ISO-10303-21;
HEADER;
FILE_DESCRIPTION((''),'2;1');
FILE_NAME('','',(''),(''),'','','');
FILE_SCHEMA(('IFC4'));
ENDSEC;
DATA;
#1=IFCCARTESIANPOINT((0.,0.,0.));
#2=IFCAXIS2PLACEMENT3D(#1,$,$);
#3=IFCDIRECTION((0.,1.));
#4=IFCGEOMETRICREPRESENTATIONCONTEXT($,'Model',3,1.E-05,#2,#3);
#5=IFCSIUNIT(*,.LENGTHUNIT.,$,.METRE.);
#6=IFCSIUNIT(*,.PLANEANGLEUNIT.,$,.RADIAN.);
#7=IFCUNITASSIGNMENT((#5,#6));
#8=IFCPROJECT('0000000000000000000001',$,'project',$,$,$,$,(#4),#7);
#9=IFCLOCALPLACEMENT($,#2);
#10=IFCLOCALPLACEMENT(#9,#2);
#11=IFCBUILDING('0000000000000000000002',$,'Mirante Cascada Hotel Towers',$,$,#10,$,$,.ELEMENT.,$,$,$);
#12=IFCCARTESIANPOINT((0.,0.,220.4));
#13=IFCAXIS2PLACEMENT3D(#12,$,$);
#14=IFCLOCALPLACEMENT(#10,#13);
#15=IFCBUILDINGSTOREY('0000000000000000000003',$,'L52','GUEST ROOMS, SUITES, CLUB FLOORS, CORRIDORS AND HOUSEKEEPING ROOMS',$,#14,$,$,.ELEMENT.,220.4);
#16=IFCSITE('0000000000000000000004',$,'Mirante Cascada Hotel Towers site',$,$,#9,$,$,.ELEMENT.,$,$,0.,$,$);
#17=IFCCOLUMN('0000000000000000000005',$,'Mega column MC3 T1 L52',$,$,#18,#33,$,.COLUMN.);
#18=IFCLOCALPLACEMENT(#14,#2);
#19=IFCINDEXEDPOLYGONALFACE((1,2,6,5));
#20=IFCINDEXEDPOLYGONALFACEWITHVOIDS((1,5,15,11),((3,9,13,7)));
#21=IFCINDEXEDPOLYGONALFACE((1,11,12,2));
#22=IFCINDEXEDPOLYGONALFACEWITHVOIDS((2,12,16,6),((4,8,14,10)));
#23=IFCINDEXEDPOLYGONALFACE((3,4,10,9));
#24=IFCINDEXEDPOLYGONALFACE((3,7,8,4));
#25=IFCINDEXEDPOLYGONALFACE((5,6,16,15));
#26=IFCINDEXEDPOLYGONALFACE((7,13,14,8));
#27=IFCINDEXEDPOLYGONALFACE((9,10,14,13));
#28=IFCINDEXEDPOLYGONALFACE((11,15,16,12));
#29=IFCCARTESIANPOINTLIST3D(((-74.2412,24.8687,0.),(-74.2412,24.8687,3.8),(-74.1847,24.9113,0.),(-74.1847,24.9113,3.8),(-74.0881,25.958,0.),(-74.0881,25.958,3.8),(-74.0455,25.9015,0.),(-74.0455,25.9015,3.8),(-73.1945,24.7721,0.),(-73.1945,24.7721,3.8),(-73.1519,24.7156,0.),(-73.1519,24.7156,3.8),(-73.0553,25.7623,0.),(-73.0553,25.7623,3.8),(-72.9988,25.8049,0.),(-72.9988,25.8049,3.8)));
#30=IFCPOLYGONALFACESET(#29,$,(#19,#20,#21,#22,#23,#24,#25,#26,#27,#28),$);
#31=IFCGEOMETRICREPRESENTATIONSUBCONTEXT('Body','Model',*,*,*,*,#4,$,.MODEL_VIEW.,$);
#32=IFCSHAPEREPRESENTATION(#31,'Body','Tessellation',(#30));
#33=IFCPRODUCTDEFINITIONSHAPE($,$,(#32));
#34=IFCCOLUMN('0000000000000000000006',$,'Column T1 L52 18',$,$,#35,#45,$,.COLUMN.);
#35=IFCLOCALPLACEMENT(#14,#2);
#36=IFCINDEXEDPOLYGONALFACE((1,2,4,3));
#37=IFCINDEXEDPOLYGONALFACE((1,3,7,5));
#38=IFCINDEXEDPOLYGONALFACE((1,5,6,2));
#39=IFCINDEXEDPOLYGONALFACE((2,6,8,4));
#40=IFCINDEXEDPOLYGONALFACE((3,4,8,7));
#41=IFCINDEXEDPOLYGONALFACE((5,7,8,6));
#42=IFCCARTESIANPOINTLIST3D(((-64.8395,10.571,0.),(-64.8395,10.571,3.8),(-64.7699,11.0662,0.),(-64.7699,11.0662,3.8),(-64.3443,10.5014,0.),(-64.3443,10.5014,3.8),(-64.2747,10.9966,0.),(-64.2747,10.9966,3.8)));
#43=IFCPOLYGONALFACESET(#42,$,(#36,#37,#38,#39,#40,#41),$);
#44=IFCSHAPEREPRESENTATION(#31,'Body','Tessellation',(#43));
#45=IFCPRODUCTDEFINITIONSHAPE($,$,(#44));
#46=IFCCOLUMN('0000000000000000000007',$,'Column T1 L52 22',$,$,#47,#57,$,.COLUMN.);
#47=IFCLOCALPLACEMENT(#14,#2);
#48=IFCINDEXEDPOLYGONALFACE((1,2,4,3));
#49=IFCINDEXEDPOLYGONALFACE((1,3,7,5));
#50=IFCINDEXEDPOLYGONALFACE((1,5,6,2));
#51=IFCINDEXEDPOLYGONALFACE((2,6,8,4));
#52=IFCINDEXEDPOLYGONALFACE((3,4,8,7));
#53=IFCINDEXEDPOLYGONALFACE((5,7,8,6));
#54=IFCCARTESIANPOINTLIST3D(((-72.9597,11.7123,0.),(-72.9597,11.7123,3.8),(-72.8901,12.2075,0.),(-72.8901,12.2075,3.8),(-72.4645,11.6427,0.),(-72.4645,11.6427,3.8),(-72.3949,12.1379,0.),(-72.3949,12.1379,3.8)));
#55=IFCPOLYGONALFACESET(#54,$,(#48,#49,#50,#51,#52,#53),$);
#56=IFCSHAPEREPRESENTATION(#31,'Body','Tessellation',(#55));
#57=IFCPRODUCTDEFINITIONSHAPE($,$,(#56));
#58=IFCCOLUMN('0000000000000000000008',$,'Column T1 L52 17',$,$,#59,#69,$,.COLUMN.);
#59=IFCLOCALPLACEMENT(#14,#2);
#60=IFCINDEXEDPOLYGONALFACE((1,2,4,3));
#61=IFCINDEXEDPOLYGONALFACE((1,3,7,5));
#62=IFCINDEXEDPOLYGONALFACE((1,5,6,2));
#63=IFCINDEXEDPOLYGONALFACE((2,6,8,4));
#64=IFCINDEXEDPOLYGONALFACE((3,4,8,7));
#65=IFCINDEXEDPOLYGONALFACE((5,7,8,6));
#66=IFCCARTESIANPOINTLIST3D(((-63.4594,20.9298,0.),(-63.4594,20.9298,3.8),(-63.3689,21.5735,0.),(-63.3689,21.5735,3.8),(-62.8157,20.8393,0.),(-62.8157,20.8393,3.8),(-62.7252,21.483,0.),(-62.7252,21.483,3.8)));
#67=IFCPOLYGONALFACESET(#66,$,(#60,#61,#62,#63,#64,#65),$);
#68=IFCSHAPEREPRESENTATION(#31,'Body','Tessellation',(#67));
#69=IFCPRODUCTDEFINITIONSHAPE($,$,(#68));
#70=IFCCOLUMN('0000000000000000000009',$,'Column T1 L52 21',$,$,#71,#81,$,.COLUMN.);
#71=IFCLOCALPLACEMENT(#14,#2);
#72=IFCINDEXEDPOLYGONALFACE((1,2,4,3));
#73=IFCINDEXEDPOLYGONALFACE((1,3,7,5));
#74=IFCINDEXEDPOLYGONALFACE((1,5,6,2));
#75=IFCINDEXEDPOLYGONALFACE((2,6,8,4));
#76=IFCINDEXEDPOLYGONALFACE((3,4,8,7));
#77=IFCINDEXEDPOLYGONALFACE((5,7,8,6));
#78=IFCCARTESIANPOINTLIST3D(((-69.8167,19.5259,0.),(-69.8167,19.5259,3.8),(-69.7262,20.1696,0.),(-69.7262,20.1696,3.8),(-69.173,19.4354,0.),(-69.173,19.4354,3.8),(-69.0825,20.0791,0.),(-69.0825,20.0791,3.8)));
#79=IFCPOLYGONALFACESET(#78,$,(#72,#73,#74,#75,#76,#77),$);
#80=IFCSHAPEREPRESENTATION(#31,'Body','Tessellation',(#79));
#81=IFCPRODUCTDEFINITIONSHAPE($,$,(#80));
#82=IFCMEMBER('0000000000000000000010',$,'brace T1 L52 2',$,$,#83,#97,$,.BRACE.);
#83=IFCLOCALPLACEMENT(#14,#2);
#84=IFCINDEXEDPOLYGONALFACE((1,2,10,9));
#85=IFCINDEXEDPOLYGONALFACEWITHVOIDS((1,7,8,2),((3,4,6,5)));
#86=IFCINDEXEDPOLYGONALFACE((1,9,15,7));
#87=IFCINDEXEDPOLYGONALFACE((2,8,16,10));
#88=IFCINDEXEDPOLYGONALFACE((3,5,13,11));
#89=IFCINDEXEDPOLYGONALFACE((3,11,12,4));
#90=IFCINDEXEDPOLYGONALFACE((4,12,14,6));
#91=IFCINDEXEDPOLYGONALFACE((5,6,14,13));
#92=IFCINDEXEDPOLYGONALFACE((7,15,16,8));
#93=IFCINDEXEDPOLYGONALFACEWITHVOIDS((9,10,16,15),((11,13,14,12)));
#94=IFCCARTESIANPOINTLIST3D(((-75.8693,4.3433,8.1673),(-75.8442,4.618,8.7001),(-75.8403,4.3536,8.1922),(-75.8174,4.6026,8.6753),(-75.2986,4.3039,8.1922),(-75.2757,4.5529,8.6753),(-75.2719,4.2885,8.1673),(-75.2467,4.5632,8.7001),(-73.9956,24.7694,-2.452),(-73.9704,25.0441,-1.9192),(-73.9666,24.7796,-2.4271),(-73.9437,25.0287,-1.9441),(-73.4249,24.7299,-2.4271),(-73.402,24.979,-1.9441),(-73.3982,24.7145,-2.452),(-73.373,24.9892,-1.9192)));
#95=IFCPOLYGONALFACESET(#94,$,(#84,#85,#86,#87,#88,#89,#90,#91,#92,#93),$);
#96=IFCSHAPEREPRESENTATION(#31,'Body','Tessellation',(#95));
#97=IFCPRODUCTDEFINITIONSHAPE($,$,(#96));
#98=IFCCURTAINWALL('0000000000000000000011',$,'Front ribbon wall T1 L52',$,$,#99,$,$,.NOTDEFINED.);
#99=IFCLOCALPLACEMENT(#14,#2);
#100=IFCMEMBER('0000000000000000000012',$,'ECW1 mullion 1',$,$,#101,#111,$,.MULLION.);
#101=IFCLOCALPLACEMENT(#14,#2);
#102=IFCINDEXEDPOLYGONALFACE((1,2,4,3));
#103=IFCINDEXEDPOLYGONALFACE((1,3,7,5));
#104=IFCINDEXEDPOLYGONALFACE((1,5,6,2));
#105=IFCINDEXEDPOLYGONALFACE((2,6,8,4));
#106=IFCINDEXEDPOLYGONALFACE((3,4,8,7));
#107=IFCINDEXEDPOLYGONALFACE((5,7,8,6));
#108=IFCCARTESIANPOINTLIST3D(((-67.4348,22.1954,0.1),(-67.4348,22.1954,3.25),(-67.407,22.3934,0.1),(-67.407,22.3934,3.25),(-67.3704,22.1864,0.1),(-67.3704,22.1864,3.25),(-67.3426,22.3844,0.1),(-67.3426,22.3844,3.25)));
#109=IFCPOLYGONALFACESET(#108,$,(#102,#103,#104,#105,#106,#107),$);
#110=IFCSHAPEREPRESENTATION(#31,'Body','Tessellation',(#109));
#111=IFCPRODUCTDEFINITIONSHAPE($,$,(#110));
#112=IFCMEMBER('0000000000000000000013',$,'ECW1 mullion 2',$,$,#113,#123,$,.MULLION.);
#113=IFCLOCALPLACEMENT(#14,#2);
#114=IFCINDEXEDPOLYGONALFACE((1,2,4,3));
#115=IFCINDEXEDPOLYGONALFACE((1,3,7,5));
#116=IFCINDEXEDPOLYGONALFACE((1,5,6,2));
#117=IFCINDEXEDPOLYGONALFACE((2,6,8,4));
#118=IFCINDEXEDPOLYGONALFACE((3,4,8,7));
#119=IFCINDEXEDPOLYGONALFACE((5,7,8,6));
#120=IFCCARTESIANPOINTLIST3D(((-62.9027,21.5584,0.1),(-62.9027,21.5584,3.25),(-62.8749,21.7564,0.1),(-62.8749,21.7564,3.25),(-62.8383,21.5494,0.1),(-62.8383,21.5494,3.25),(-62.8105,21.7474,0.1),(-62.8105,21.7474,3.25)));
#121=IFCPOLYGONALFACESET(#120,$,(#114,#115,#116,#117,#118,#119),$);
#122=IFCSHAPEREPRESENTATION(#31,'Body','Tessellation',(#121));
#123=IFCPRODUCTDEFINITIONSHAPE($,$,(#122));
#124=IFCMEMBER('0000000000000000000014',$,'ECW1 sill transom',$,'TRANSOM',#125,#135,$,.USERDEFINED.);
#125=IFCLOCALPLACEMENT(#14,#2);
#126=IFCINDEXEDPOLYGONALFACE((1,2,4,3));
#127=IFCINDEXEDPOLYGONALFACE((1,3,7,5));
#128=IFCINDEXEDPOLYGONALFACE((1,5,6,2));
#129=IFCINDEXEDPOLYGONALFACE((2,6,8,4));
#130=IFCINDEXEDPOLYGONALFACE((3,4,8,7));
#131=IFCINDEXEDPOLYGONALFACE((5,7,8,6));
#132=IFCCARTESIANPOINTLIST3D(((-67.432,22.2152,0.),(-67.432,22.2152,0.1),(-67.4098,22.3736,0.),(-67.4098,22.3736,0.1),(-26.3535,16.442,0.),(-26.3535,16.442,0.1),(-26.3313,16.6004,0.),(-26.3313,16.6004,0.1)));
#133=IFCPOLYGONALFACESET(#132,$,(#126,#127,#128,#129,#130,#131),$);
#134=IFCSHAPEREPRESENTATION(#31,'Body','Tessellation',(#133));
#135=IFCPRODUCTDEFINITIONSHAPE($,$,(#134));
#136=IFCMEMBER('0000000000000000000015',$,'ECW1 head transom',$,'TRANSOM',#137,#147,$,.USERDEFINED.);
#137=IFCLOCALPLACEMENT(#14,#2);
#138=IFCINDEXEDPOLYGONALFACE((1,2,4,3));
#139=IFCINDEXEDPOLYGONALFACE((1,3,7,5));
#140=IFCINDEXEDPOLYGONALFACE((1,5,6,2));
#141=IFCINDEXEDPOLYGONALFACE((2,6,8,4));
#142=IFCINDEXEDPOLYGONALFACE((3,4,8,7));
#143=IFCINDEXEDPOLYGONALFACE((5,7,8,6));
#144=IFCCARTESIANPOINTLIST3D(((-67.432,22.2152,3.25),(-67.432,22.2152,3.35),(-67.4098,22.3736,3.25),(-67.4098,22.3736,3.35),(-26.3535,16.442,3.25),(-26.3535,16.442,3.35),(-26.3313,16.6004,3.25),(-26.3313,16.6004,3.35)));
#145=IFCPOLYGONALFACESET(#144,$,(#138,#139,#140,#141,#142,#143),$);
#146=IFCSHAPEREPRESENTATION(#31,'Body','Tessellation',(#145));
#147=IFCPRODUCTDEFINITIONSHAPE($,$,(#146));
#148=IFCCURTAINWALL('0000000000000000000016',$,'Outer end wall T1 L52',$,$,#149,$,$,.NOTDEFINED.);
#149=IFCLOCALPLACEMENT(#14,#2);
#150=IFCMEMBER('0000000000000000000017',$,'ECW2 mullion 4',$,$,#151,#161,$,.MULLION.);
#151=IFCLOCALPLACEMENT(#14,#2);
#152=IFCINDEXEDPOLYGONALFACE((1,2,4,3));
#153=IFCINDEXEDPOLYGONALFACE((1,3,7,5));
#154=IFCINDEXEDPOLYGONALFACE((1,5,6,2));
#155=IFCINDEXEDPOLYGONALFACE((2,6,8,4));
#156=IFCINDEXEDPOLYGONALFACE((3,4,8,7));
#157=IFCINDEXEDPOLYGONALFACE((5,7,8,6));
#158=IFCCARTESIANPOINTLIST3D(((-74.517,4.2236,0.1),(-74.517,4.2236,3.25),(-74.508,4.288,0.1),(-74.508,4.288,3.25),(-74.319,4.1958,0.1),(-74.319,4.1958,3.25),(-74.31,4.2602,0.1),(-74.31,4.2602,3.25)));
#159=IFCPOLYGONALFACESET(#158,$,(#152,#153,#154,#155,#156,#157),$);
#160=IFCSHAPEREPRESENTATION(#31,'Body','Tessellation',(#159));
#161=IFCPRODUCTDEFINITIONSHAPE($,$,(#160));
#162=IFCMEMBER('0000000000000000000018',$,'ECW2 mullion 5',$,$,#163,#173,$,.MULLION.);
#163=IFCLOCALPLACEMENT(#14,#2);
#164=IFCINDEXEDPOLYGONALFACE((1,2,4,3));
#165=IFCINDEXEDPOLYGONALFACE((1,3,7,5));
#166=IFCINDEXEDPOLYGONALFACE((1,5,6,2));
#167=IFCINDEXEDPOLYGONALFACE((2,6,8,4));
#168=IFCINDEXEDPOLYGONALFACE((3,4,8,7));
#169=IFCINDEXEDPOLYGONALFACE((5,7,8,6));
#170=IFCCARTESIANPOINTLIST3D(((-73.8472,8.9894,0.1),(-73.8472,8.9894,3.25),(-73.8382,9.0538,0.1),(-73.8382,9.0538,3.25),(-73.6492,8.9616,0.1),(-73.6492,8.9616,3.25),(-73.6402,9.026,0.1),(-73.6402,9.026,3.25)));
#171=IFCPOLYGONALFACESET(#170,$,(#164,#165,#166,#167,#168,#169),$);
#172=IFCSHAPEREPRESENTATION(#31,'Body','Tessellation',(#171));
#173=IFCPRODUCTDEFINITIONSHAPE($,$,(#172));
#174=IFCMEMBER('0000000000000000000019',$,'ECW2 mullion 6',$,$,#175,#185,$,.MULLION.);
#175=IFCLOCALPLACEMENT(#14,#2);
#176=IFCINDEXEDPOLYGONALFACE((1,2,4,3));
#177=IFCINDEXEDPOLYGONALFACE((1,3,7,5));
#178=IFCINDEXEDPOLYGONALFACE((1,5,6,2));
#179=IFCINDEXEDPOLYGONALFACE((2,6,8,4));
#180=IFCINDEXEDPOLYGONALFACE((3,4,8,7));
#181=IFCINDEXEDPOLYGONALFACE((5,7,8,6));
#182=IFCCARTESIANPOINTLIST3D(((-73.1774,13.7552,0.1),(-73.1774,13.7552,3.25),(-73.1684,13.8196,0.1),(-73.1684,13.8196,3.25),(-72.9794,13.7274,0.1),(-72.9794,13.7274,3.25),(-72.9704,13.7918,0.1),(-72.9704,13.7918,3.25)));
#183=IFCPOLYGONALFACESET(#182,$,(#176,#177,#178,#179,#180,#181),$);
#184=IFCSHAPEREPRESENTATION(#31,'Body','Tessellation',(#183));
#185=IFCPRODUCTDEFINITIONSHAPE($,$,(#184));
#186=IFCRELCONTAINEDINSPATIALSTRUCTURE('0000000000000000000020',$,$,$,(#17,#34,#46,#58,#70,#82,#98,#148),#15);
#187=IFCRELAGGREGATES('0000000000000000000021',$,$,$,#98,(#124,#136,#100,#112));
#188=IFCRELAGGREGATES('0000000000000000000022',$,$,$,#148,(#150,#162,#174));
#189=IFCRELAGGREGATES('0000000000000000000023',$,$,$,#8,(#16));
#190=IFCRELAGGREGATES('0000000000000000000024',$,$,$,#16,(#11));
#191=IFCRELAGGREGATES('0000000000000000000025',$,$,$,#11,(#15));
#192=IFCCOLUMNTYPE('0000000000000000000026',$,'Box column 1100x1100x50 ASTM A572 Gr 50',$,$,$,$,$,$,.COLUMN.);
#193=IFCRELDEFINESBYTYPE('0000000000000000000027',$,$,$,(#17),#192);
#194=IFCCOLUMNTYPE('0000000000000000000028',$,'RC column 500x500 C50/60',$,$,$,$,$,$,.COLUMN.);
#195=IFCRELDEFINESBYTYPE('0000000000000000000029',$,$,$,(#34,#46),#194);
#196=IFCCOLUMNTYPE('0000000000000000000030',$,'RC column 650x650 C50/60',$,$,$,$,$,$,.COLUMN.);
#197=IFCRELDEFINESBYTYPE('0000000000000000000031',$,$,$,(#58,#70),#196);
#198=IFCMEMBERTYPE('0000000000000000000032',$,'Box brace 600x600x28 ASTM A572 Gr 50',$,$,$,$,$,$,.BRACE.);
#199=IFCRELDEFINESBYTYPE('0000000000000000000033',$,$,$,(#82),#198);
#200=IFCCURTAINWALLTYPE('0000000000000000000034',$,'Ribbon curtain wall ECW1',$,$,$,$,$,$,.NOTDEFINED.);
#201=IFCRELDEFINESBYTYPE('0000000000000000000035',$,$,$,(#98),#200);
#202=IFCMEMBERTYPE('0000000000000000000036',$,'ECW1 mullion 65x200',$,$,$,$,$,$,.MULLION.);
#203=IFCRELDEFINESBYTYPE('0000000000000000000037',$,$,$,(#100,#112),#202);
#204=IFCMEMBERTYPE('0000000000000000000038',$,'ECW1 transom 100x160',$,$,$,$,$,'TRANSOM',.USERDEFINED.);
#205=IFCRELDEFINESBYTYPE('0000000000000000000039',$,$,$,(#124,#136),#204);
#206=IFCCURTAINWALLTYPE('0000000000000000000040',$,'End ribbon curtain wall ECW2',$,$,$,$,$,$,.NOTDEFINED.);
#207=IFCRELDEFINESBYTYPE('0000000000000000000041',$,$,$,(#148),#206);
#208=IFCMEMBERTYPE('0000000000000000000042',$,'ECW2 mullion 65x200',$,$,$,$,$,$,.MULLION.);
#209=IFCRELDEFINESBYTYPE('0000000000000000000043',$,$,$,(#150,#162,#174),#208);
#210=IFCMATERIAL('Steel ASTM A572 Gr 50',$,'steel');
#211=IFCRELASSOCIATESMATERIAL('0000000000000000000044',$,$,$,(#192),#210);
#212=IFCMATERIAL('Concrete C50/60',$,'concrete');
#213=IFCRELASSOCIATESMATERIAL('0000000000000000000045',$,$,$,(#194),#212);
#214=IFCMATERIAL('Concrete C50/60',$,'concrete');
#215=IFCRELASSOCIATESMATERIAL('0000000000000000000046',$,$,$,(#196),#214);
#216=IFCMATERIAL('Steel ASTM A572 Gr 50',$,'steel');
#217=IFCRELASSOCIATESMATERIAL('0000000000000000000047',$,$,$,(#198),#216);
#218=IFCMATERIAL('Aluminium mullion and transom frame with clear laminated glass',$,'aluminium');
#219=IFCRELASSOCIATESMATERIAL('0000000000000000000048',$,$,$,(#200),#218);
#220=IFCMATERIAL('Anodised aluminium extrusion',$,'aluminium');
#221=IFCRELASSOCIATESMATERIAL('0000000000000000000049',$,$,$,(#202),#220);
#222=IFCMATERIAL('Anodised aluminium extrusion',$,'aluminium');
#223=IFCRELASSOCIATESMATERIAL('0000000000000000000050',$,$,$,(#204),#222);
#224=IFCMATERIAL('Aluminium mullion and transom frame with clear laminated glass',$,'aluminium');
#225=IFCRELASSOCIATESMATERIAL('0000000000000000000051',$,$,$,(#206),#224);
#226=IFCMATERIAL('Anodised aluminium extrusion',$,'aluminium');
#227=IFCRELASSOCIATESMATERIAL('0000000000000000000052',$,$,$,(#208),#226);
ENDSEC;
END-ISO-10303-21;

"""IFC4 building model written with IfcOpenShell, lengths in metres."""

from ifc_helpers import new_model, si_unit, direction, frame, origin, origin_2d, place, context, subcontext, project, spatial, rectangle, hollow_rectangle, extrude, material, material_profile, profile_set, type_object, element, aggregate, save


model = new_model("IFC4")

# Units and contexts
model_context = context("Model", 3, precision=1e-05, world=origin(), true_north=direction((0.0, 1.0)))
body_context = subcontext(model_context, "Body", "Model", "MODEL_VIEW")
ifc_project = project(units=[si_unit("LENGTHUNIT", "METRE"), si_unit("PLANEANGLEUNIT", "RADIAN")], contexts=[model_context])

# Site, building, storey
site_placement = place(None, origin())
site = spatial("IfcSite", under=ifc_project, at=site_placement, Name="Mirante Cascada Hotel Towers site", CompositionType="ELEMENT", RefElevation=0.0)
building_placement = place(site_placement, origin())
building = spatial("IfcBuilding", under=site, at=building_placement, Name="Mirante Cascada Hotel Towers", CompositionType="ELEMENT")
storey_placement = place(building_placement, frame((0.0, 0.0, 220.4)))
storey = spatial("IfcBuildingStorey", under=building, at=storey_placement, Name="L52", Description="GUEST ROOMS, SUITES, CLUB FLOORS, CORRIDORS AND HOUSEKEEPING ROOMS", CompositionType="ELEMENT", Elevation=220.4)

# Columns
ifc_material_1 = material(Name="Steel ASTM A572 Gr 50", Category="steel")
ifc_material_profile_1 = material_profile(ifc_material_1, hollow_rectangle(XDim=1.1, YDim=1.1, WallThickness=0.05, at=origin_2d()), Name="Box column 1100x1100x50 ASTM A572 Gr 50")
ifc_profile_set_1 = profile_set([ifc_material_profile_1], Name="Steel ASTM A572 Gr 50")
column_type_1 = type_object("IfcColumnType", Name="Box column 1100x1100x50 ASTM A572 Gr 50", PredefinedType="COLUMN", material=ifc_profile_set_1)
column_placement = place(storey_placement, frame((-73.62, 25.3368, 0.0), z_axis=(0.0, 0.0, 1.0), x_axis=(-0.990268, 0.139173, 0.0)))
element("IfcColumn", 1, at=column_placement, inside=storey, type_object=column_type_1, Name="Mega column MC3 T1 L52", PredefinedType="COLUMN", context=body_context, shape_type="SweptSolid", body=[
    extrude(hollow_rectangle(XDim=1.1, YDim=1.1, WallThickness=0.05, at=origin_2d()), origin(), (0.0, 0.0, 1.0), 3.8),
])
ifc_material_2 = material(Name="Concrete C50/60", Category="concrete")
ifc_material_profile_2 = material_profile(ifc_material_2, rectangle(XDim=0.5, YDim=0.5, at=origin_2d()), Name="RC column 500x500 C50/60")
ifc_profile_set_2 = profile_set([ifc_material_profile_2], Name="Concrete C50/60")
column_type_2 = type_object("IfcColumnType", Name="RC column 500x500 C50/60", PredefinedType="COLUMN", material=ifc_profile_set_2)
for number, where, z_axis, x_axis, name in (
    (2, (-64.5571, 10.7838, 0.0), (0.0, 0.0, 1.0), (-0.990268, 0.139173, 0.0), "Column T1 L52 18"),
    (3, (-72.6773, 11.9251, 0.0), (0.0, 0.0, 1.0), (-0.990268, 0.139173, 0.0), "Column T1 L52 22"),
):
    element("IfcColumn", number, at=place(storey_placement, frame(where, z_axis=z_axis, x_axis=x_axis)), inside=storey, type_object=column_type_2, Name=name, PredefinedType="COLUMN", context=body_context, shape_type="SweptSolid", body=[
        extrude(rectangle(XDim=0.5, YDim=0.5, at=origin_2d()), origin(), (0.0, 0.0, 1.0), 3.8),
    ])
ifc_material_3 = material(Name="Concrete C50/60", Category="concrete")
ifc_material_profile_3 = material_profile(ifc_material_3, rectangle(XDim=0.65, YDim=0.65, at=origin_2d()), Name="RC column 650x650 C50/60")
ifc_profile_set_3 = profile_set([ifc_material_profile_3], Name="Concrete C50/60")
column_type_3 = type_object("IfcColumnType", Name="RC column 650x650 C50/60", PredefinedType="COLUMN", material=ifc_profile_set_3)
for number, where, z_axis, x_axis, name in (
    (4, (-63.0923, 21.2064, 0.0), (0.0, 0.0, 1.0), (-0.990268, 0.139173, 0.0), "Column T1 L52 17"),
    (5, (-69.4496, 19.8025, 0.0), (0.0, 0.0, 1.0), (-0.990268, 0.139173, 0.0), "Column T1 L52 21"),
):
    element("IfcColumn", number, at=place(storey_placement, frame(where, z_axis=z_axis, x_axis=x_axis)), inside=storey, type_object=column_type_3, Name=name, PredefinedType="COLUMN", context=body_context, shape_type="SweptSolid", body=[
        extrude(rectangle(XDim=0.65, YDim=0.65, at=origin_2d()), origin(), (0.0, 0.0, 1.0), 3.8),
    ])

# Member
ifc_material_4 = material(Name="Steel ASTM A572 Gr 50", Category="steel")
ifc_material_profile_4 = material_profile(ifc_material_4, hollow_rectangle(XDim=0.6, YDim=0.6, WallThickness=0.028, at=origin_2d()), Name="Box brace 600x600x28 ASTM A572 Gr 50")
ifc_profile_set_4 = profile_set([ifc_material_profile_4], Name="Steel ASTM A572 Gr 50")
member_type_1 = type_object("IfcMemberType", Name="Box brace 600x600x28 ASTM A572 Gr 50", PredefinedType="BRACE", material=ifc_profile_set_4)
member_1_placement = place(storey_placement, frame((-73.6843, 24.8793, -2.1856), z_axis=(-0.081121, -0.884332, 0.459757), x_axis=(0.995819, -0.091348, 0.0)))
element("IfcMember", 6, at=member_1_placement, inside=storey, type_object=member_type_1, Name="brace T1 L52 2", PredefinedType="BRACE", context=body_context, shape_type="SweptSolid", body=[
    extrude(hollow_rectangle(XDim=0.6, YDim=0.6, WallThickness=0.028, at=origin_2d()), origin(), (0.0, 0.0, 1.0), 23.0977),
])

# Curtain walls, members
ifc_material_5 = material(Name="Aluminium mullion and transom frame with clear laminated glass", Category="aluminium")
curtain_wall_type_1 = type_object("IfcCurtainWallType", Name="Ribbon curtain wall ECW1", PredefinedType="NOTDEFINED", material=ifc_material_5)
curtain_wall_1_placement = place(storey_placement, origin())
curtain_wall_1 = element("IfcCurtainWall", 7, at=curtain_wall_1_placement, inside=storey, type_object=curtain_wall_type_1, Name="Front ribbon wall T1 L52", PredefinedType="NOTDEFINED")
ifc_material_6 = material(Name="Anodised aluminium extrusion", Category="aluminium")
ifc_material_profile_5 = material_profile(ifc_material_6, rectangle(XDim=0.2, YDim=0.065, at=origin_2d()), Name="ECW1 MULLION 65x200")
ifc_profile_set_5 = profile_set([ifc_material_profile_5], Name="Anodised aluminium extrusion")
member_type_2 = type_object("IfcMemberType", Name="ECW1 mullion 65x200", PredefinedType="MULLION", material=ifc_profile_set_5)
member_2_placement = place(storey_placement, frame((-67.3887, 22.2899, 0.1), z_axis=(0.0, 0.0, 1.0), x_axis=(0.139173, 0.990268, 0.0)))
member_2 = element("IfcMember", 8, at=member_2_placement, type_object=member_type_2, Name="ECW1 mullion 1", PredefinedType="MULLION", context=body_context, shape_type="SweptSolid", body=[
    extrude(rectangle(XDim=0.2, YDim=0.065, at=origin_2d()), origin(), (0.0, 0.0, 1.0), 3.15),
])
member_3_placement = place(storey_placement, frame((-62.8566, 21.6529, 0.1), z_axis=(0.0, 0.0, 1.0), x_axis=(0.139173, 0.990268, 0.0)))
member_3 = element("IfcMember", 9, at=member_3_placement, type_object=member_type_2, Name="ECW1 mullion 2", PredefinedType="MULLION", context=body_context, shape_type="SweptSolid", body=[
    extrude(rectangle(XDim=0.2, YDim=0.065, at=origin_2d()), origin(), (0.0, 0.0, 1.0), 3.15),
])
ifc_material_7 = material(Name="Anodised aluminium extrusion", Category="aluminium")
ifc_material_profile_6 = material_profile(ifc_material_7, rectangle(XDim=0.16, YDim=0.1, at=origin_2d()), Name="ECW1 TRANSOM 100x160")
ifc_profile_set_6 = profile_set([ifc_material_profile_6], Name="Anodised aluminium extrusion")
member_type_3 = type_object("IfcMemberType", Name="ECW1 transom 100x160", ElementType="TRANSOM", PredefinedType="USERDEFINED", material=ifc_profile_set_6)
member_4_placement = place(storey_placement, frame((-67.4209, 22.2944, 0.05), z_axis=(0.990268, -0.139173, 0.0), x_axis=(0.139173, 0.990268, 0.0)))
member_4 = element("IfcMember", 10, at=member_4_placement, type_object=member_type_3, Name="ECW1 sill transom", ObjectType="TRANSOM", PredefinedType="USERDEFINED", context=body_context, shape_type="SweptSolid", body=[
    extrude(rectangle(XDim=0.16, YDim=0.1, at=origin_2d()), origin(), (0.0, 0.0, 1.0), 41.4822),
])
member_5_placement = place(storey_placement, frame((-67.4209, 22.2944, 3.3), z_axis=(0.990268, -0.139173, 0.0), x_axis=(0.139173, 0.990268, 0.0)))
member_5 = element("IfcMember", 11, at=member_5_placement, type_object=member_type_3, Name="ECW1 head transom", ObjectType="TRANSOM", PredefinedType="USERDEFINED", context=body_context, shape_type="SweptSolid", body=[
    extrude(rectangle(XDim=0.16, YDim=0.1, at=origin_2d()), origin(), (0.0, 0.0, 1.0), 41.4822),
])
ifc_material_8 = material(Name="Aluminium mullion and transom frame with clear laminated glass", Category="aluminium")
curtain_wall_type_2 = type_object("IfcCurtainWallType", Name="End ribbon curtain wall ECW2", PredefinedType="NOTDEFINED", material=ifc_material_8)
curtain_wall_2_placement = place(storey_placement, origin())
curtain_wall_2 = element("IfcCurtainWall", 12, at=curtain_wall_2_placement, inside=storey, type_object=curtain_wall_type_2, Name="Outer end wall T1 L52", PredefinedType="NOTDEFINED")
ifc_material_9 = material(Name="Anodised aluminium extrusion", Category="aluminium")
ifc_material_profile_7 = material_profile(ifc_material_9, rectangle(XDim=0.2, YDim=0.065, at=origin_2d()), Name="ECW2 MULLION 65x200")
ifc_profile_set_7 = profile_set([ifc_material_profile_7], Name="Anodised aluminium extrusion")
member_type_4 = type_object("IfcMemberType", Name="ECW2 mullion 65x200", PredefinedType="MULLION", material=ifc_profile_set_7)
member_6_placement = place(storey_placement, frame((-74.4135, 4.2419, 0.1), z_axis=(0.0, 0.0, 1.0), x_axis=(-0.990268, 0.139173, 0.0)))
member_6 = element("IfcMember", 13, at=member_6_placement, type_object=member_type_4, Name="ECW2 mullion 4", PredefinedType="MULLION", context=body_context, shape_type="SweptSolid", body=[
    extrude(rectangle(XDim=0.2, YDim=0.065, at=origin_2d()), origin(), (0.0, 0.0, 1.0), 3.15),
])
member_7_placement = place(storey_placement, frame((-73.7437, 9.0077, 0.1), z_axis=(0.0, 0.0, 1.0), x_axis=(-0.990268, 0.139173, 0.0)))
member_7 = element("IfcMember", 14, at=member_7_placement, type_object=member_type_4, Name="ECW2 mullion 5", PredefinedType="MULLION", context=body_context, shape_type="SweptSolid", body=[
    extrude(rectangle(XDim=0.2, YDim=0.065, at=origin_2d()), origin(), (0.0, 0.0, 1.0), 3.15),
])
member_8_placement = place(storey_placement, frame((-73.0739, 13.7735, 0.1), z_axis=(0.0, 0.0, 1.0), x_axis=(-0.990268, 0.139173, 0.0)))
member_8 = element("IfcMember", 15, at=member_8_placement, type_object=member_type_4, Name="ECW2 mullion 6", PredefinedType="MULLION", context=body_context, shape_type="SweptSolid", body=[
    extrude(rectangle(XDim=0.2, YDim=0.065, at=origin_2d()), origin(), (0.0, 0.0, 1.0), 3.15),
])

aggregate(curtain_wall_1, [member_4, member_5, member_2, member_3])
aggregate(curtain_wall_2, [member_6, member_7, member_8])

save(model, "model.ifc")
